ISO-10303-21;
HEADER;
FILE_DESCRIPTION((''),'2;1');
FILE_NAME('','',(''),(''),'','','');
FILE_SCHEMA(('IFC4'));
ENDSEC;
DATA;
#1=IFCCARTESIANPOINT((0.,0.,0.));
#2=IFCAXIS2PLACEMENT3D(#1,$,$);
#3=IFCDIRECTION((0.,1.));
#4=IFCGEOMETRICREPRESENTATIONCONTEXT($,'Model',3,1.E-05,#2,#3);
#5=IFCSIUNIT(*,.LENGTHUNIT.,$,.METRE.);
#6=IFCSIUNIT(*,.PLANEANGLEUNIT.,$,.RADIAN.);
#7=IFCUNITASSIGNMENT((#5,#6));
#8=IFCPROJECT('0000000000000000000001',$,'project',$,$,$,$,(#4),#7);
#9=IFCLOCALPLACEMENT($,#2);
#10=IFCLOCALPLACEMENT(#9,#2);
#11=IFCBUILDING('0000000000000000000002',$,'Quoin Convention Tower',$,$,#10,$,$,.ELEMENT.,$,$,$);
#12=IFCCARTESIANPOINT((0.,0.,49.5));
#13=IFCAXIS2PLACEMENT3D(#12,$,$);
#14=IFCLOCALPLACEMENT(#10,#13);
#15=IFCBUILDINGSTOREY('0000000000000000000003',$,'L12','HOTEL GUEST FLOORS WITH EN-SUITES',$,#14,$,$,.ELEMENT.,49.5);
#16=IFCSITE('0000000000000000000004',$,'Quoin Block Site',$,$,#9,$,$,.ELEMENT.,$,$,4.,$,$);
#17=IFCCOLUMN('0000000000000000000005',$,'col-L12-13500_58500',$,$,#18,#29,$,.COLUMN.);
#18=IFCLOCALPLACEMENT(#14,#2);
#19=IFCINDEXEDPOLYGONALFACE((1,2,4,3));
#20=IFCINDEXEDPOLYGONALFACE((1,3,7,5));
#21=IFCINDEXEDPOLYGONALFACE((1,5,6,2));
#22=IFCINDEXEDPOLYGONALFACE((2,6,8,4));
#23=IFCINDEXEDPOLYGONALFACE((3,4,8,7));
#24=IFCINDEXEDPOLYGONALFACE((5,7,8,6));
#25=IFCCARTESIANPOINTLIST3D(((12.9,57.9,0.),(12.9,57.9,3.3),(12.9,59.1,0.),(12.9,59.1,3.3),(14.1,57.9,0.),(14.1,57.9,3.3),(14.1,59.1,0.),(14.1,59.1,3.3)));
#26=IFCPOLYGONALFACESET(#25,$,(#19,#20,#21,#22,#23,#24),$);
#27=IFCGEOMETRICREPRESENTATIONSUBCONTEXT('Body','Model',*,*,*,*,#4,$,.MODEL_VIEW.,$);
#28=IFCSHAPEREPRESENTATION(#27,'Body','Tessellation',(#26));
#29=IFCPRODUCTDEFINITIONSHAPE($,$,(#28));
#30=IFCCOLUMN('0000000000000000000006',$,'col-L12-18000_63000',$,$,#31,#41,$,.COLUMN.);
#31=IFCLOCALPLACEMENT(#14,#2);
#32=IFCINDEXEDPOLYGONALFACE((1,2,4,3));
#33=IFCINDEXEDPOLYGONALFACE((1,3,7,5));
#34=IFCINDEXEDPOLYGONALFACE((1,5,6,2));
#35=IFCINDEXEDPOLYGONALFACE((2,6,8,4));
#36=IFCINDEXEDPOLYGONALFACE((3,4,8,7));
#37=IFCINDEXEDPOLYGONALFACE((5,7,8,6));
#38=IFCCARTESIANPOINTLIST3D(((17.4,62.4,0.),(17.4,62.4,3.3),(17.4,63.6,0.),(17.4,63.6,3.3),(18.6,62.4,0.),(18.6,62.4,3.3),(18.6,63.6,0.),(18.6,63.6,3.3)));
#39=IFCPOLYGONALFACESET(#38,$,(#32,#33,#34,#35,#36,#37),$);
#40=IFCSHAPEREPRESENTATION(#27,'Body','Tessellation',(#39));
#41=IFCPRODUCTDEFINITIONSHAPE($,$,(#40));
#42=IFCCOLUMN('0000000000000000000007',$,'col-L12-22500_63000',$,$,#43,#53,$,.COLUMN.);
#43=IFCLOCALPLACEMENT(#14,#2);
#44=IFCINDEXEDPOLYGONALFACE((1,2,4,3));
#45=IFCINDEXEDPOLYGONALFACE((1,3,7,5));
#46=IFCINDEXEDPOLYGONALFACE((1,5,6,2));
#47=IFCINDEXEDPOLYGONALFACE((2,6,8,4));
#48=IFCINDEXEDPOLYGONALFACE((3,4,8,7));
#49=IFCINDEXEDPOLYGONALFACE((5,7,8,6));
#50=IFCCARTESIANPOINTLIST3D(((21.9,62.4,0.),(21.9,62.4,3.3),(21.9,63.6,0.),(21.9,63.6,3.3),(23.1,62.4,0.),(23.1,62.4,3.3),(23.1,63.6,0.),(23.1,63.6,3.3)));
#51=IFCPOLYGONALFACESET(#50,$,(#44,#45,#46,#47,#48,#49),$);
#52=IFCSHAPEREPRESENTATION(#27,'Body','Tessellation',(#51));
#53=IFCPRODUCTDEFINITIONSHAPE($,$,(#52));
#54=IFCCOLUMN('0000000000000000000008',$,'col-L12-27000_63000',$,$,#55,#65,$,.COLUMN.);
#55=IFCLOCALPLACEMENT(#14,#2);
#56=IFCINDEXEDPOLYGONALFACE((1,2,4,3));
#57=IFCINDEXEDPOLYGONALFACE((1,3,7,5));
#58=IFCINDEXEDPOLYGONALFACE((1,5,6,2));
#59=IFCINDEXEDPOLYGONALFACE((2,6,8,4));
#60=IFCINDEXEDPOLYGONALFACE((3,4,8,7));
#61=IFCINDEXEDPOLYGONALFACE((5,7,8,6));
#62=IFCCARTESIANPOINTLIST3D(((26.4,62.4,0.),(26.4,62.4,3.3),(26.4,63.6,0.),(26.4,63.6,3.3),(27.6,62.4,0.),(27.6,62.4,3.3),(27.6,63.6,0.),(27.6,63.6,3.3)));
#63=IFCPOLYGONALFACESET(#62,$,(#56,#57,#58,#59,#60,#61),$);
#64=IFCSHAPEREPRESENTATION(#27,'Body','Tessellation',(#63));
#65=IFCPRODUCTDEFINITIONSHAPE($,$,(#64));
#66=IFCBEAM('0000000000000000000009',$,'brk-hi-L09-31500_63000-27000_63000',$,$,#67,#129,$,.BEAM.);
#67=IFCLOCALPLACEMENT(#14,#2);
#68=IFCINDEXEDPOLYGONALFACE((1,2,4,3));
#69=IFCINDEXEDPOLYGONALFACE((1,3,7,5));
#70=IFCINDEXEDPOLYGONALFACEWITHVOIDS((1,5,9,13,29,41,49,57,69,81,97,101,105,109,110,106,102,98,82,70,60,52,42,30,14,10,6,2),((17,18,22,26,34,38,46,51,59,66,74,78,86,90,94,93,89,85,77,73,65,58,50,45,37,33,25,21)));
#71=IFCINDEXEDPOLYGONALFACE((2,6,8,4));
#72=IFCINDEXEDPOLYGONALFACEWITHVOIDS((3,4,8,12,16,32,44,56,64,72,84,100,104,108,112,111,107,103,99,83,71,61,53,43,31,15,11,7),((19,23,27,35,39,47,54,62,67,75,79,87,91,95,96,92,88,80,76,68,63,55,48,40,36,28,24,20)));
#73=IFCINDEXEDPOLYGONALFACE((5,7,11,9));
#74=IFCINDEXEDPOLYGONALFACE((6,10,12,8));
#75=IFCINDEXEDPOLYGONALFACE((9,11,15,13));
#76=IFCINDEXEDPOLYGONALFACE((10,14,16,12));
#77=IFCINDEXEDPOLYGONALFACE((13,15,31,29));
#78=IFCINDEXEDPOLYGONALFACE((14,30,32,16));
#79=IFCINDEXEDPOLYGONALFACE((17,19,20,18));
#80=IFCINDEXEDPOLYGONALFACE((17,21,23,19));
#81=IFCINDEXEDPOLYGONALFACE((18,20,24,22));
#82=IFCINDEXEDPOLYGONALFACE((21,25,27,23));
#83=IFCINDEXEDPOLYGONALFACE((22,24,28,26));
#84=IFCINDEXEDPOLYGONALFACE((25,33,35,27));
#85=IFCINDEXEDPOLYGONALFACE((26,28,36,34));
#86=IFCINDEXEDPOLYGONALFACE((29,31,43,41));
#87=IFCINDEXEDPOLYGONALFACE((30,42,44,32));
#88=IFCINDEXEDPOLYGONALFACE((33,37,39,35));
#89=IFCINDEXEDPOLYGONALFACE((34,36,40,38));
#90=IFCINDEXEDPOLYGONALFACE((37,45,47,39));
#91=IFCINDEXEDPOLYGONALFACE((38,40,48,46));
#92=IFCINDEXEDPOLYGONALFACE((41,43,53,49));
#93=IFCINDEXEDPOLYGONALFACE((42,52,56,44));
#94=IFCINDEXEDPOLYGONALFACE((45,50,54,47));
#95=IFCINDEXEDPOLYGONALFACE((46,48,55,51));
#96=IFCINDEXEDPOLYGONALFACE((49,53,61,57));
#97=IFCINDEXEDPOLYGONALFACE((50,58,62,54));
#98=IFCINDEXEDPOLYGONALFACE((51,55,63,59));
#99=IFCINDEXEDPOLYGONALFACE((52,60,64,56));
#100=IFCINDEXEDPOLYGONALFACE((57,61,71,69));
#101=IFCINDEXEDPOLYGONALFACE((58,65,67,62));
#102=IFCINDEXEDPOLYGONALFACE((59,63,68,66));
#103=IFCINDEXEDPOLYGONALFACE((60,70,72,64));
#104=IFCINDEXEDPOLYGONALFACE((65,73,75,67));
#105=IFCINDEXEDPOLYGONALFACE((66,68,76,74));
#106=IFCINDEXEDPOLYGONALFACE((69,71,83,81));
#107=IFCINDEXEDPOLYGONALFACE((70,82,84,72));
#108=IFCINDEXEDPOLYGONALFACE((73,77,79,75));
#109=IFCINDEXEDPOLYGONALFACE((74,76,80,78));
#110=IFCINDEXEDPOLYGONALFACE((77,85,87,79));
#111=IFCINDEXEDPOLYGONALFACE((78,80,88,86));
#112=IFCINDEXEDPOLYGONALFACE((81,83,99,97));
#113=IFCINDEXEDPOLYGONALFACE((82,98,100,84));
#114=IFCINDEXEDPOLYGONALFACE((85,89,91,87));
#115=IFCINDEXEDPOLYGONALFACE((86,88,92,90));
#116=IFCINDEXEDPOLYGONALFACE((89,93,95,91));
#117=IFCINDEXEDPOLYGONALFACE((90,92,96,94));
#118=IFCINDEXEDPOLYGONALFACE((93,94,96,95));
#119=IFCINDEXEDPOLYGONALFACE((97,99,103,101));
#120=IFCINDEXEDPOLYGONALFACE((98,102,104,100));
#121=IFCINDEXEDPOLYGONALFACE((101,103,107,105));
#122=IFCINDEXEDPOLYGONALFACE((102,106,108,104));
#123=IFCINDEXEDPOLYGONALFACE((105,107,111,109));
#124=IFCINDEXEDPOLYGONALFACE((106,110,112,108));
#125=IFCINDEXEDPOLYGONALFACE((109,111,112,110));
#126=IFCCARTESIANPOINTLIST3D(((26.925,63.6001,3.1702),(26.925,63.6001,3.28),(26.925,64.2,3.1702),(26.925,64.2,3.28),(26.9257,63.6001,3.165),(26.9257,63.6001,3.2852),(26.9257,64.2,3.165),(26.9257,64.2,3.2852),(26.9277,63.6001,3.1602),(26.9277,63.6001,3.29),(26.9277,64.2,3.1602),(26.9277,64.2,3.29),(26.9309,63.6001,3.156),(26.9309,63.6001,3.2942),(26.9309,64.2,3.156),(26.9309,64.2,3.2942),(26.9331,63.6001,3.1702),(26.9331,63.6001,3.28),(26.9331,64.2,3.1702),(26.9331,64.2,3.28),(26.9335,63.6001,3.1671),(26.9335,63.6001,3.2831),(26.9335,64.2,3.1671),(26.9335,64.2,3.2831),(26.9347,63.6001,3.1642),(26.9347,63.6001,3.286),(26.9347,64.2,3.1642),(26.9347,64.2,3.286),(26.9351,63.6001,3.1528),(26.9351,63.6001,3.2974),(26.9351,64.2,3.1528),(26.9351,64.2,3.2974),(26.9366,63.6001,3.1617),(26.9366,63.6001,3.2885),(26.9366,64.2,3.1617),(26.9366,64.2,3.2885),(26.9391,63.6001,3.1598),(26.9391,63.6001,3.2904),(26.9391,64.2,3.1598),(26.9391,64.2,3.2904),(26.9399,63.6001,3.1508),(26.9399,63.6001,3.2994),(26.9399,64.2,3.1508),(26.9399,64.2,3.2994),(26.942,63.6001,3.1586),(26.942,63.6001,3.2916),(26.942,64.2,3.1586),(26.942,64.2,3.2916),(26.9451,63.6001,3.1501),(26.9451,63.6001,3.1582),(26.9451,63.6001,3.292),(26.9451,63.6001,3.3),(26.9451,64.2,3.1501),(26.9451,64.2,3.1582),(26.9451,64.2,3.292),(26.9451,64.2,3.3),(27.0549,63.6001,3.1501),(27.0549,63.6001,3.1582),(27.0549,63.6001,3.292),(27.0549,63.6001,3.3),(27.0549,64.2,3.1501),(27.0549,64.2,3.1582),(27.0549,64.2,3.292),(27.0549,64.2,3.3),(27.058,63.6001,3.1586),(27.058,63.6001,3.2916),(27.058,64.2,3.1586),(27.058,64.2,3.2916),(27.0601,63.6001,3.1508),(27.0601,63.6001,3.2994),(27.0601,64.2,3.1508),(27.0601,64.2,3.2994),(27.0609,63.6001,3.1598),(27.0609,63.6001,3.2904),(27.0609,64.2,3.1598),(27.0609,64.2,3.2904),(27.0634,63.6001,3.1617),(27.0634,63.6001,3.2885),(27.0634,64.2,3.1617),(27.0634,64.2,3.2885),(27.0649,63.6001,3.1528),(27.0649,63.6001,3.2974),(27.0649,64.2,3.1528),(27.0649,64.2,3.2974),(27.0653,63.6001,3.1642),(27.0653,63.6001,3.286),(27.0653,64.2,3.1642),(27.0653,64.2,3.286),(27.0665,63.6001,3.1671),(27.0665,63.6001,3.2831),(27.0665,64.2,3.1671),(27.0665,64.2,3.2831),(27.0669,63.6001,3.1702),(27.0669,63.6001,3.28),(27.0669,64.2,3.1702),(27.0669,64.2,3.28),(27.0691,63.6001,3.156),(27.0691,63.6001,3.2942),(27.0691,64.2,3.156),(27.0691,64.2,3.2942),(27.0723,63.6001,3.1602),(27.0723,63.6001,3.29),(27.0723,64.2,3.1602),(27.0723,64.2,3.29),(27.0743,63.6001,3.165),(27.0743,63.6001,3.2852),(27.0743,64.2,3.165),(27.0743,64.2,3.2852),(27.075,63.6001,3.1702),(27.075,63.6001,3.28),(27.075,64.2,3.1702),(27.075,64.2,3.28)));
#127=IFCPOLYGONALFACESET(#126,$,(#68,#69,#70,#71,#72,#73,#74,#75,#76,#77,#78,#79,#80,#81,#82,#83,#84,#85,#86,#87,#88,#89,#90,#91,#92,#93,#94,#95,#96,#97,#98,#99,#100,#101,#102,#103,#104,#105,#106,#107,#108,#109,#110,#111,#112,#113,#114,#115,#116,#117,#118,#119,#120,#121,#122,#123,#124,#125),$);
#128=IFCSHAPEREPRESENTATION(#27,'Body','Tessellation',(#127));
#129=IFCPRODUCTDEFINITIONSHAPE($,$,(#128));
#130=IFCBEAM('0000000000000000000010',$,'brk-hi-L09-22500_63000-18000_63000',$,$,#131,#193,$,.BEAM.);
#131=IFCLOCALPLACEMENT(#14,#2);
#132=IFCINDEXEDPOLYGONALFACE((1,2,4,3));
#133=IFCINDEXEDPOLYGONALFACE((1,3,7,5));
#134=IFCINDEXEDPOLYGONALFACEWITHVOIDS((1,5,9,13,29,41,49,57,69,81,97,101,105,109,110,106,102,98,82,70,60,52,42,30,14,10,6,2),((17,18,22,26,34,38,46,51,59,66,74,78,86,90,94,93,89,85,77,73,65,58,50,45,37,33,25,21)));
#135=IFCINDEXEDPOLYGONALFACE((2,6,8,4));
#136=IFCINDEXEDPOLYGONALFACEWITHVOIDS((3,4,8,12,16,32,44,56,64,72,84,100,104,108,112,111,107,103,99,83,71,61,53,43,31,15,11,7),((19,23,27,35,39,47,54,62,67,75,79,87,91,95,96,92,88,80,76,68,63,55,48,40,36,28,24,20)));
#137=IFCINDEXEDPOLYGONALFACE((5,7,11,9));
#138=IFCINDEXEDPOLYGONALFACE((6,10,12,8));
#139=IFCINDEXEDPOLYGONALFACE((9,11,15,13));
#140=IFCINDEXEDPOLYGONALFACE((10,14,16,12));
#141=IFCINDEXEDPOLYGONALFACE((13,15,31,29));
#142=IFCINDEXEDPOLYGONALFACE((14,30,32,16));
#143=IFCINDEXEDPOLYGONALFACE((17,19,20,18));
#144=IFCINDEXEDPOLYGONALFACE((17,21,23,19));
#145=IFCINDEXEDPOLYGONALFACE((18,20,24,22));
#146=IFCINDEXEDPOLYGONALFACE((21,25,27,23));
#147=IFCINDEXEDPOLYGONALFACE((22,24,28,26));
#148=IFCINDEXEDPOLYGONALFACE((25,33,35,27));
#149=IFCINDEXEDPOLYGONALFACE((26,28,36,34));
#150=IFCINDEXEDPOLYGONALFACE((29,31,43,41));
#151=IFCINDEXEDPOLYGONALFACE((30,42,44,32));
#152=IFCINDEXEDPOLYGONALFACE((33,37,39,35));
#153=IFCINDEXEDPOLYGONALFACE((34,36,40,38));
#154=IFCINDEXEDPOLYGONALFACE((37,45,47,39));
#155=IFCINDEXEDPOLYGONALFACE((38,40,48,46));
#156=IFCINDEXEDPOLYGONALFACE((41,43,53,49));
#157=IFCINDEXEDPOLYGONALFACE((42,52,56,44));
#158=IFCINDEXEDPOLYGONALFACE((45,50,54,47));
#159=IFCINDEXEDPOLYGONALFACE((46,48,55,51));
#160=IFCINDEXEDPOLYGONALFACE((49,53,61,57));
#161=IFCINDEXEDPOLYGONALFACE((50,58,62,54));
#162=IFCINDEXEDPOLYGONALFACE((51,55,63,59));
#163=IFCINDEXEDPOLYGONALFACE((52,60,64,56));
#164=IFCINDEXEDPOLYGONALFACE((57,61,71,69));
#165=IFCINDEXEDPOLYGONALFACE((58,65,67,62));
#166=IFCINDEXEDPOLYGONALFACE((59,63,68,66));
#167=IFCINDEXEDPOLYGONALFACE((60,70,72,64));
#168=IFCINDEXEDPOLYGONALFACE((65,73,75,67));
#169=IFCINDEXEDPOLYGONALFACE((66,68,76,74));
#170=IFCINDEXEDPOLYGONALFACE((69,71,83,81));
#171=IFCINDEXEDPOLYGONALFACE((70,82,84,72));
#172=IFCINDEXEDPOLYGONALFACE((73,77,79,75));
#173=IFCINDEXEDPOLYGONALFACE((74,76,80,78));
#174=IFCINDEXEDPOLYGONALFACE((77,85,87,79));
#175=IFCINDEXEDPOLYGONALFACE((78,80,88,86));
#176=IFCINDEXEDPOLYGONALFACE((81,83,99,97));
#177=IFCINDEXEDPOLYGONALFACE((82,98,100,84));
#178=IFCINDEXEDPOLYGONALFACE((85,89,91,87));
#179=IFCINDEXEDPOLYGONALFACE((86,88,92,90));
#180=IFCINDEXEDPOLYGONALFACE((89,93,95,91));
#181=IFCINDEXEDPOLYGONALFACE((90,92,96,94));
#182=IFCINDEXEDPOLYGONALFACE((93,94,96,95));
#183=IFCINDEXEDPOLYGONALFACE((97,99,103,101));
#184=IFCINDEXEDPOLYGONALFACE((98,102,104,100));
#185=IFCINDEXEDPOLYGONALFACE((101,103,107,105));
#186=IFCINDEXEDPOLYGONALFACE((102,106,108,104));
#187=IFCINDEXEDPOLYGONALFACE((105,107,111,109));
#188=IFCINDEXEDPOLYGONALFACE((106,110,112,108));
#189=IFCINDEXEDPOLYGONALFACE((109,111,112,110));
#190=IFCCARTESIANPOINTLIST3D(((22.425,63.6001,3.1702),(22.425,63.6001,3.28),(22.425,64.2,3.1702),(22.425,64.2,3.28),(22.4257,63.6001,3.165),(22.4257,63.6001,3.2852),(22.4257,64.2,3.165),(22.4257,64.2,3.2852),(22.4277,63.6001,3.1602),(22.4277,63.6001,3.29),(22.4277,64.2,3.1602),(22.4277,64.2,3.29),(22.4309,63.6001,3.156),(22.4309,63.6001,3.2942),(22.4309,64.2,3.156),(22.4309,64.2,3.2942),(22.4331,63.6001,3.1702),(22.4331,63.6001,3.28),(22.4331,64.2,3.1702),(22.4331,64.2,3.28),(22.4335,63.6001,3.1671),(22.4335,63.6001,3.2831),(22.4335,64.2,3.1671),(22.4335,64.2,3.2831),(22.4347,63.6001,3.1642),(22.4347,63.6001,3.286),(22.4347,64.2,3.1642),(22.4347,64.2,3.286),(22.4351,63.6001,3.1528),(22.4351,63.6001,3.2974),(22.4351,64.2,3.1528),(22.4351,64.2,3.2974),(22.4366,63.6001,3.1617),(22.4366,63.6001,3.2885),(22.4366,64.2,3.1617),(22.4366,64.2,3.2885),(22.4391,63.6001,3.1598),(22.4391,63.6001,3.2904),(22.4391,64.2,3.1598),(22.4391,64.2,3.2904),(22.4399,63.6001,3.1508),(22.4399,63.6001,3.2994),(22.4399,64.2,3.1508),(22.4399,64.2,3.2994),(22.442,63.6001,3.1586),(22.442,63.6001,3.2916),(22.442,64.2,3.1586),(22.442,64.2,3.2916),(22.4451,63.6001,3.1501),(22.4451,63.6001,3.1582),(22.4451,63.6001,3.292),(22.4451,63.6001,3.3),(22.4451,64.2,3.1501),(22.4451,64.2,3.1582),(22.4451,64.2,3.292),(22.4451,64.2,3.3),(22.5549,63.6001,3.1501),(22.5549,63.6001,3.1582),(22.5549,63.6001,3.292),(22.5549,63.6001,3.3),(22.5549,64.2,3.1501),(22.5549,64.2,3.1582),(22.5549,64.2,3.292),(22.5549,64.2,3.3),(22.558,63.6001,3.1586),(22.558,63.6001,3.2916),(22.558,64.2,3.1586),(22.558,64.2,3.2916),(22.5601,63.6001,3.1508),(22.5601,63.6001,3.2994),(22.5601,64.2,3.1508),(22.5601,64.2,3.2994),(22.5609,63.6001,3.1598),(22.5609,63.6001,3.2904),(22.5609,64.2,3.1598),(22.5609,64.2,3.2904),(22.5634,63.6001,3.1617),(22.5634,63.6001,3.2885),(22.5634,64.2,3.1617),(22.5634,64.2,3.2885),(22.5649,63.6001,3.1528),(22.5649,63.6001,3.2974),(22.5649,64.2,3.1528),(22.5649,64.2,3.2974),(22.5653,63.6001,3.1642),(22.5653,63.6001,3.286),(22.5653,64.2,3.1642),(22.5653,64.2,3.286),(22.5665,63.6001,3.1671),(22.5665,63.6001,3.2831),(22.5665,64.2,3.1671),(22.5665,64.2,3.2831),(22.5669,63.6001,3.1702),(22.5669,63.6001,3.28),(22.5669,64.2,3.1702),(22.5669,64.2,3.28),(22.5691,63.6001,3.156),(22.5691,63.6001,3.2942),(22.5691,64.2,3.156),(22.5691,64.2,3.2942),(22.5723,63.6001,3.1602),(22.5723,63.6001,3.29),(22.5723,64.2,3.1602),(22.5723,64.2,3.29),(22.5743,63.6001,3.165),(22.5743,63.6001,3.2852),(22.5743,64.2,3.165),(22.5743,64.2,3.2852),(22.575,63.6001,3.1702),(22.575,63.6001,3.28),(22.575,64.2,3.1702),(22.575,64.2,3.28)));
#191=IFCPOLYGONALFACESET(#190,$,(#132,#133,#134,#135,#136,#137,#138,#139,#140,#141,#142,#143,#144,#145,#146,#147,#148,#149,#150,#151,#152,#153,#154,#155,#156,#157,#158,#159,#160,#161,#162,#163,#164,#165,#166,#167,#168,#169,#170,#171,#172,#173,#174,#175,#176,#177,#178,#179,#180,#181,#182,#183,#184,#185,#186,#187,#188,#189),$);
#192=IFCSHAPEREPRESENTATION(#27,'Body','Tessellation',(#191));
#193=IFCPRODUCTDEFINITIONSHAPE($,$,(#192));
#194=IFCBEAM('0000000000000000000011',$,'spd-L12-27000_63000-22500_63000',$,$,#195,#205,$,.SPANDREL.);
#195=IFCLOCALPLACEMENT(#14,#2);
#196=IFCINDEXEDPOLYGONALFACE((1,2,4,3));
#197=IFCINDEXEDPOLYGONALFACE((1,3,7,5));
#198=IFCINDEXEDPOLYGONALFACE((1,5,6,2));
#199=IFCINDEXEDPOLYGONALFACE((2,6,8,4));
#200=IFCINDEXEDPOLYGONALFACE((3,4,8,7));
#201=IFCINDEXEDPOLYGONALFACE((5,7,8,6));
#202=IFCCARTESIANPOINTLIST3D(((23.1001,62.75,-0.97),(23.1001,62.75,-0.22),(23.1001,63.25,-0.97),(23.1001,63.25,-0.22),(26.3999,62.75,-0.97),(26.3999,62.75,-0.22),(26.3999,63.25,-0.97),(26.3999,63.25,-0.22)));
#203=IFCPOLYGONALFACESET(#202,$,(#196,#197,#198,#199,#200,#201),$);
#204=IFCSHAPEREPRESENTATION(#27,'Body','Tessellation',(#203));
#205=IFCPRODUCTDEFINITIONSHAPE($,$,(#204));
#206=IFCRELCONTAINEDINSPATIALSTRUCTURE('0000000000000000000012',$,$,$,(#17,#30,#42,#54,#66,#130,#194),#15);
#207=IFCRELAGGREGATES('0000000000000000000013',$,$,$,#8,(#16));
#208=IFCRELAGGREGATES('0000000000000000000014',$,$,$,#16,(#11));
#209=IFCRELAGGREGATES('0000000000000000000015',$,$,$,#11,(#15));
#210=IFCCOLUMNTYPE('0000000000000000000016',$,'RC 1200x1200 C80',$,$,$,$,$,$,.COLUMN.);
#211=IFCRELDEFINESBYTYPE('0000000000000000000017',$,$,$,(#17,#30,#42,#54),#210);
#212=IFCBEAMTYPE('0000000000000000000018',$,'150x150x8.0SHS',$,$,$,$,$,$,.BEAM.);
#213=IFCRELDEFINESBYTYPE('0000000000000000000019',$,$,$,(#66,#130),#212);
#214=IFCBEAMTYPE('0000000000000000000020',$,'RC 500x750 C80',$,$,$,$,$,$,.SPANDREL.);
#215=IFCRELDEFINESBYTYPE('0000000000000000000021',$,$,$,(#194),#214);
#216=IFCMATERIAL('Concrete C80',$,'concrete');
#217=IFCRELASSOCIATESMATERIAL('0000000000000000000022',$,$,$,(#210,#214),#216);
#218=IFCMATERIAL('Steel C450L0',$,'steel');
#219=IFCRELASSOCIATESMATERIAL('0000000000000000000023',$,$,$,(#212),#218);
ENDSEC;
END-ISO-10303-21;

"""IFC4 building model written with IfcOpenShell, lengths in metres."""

from ifc_helpers import new_model, si_unit, direction, frame, origin, origin_2d, place, context, subcontext, project, spatial, rectangle, hollow_rectangle, extrude, material, material_profile, profile_set, type_object, element, save


model = new_model("IFC4")

# Units and contexts
model_context = context("Model", 3, precision=1e-05, world=origin(), true_north=direction((0.0, 1.0)))
body_context = subcontext(model_context, "Body", "Model", "MODEL_VIEW")
ifc_project = project(units=[si_unit("LENGTHUNIT", "METRE"), si_unit("PLANEANGLEUNIT", "RADIAN")], contexts=[model_context])

# Site, building, storey
site_placement = place(None, origin())
site = spatial("IfcSite", under=ifc_project, at=site_placement, Name="Quoin Block Site", CompositionType="ELEMENT", RefElevation=4.0)
building_placement = place(site_placement, origin())
building = spatial("IfcBuilding", under=site, at=building_placement, Name="Quoin Convention Tower", CompositionType="ELEMENT")
storey_placement = place(building_placement, frame((0.0, 0.0, 49.5)))
storey = spatial("IfcBuildingStorey", under=building, at=storey_placement, Name="L12", Description="HOTEL GUEST FLOORS WITH EN-SUITES", CompositionType="ELEMENT", Elevation=49.5)

# Columns
ifc_material_1 = material(Name="Concrete C80", Category="concrete")
ifc_material_profile_1 = material_profile(ifc_material_1, rectangle(XDim=1.2, YDim=1.2, at=origin_2d()), Name="RC 1200x1200")
ifc_profile_set_1 = profile_set([ifc_material_profile_1], Name="Concrete C80")
column_type = type_object("IfcColumnType", Name="RC 1200x1200 C80", PredefinedType="COLUMN", material=ifc_profile_set_1)
for number, where, z_axis, x_axis, name in (
    (1, (13.5, 58.5, 0.0), (0.0, 0.0, 1.0), (1.0, 0.0, 0.0), "col-L12-13500_58500"),
    (2, (18.0, 63.0, 0.0), (0.0, 0.0, 1.0), (1.0, 0.0, 0.0), "col-L12-18000_63000"),
    (3, (22.5, 63.0, 0.0), (0.0, 0.0, 1.0), (1.0, 0.0, 0.0), "col-L12-22500_63000"),
    (4, (27.0, 63.0, 0.0), (0.0, 0.0, 1.0), (1.0, 0.0, 0.0), "col-L12-27000_63000"),
):
    element("IfcColumn", number, at=place(storey_placement, frame(where, z_axis=z_axis, x_axis=x_axis)), inside=storey, type_object=column_type, Name=name, PredefinedType="COLUMN", context=body_context, shape_type="SweptSolid", body=[
        extrude(rectangle(XDim=1.2, YDim=1.2, at=origin_2d()), origin(), (0.0, 0.0, 1.0), 3.3),
    ])

# Beams
ifc_material_2 = material(Name="Steel C450L0", Category="steel")
ifc_material_profile_2 = material_profile(ifc_material_2, hollow_rectangle(XDim=0.1499, YDim=0.1499, WallThickness=0.0081, InnerFilletRadius=0.012, OuterFilletRadius=0.02, at=origin_2d()), Name="150x150x8.0SHS")
ifc_profile_set_2 = profile_set([ifc_material_profile_2], Name="Steel C450L0")
beam_type_1 = type_object("IfcBeamType", Name="150x150x8.0SHS", PredefinedType="BEAM", material=ifc_profile_set_2)
for number, where, z_axis, x_axis, name in (
    (5, (27.0, 63.6001, 3.2251), (0.0, 1.0, 0.0), (-1.0, 0.0, 0.0), "brk-hi-L09-31500_63000-27000_63000"),
    (6, (22.5, 63.6001, 3.2251), (0.0, 1.0, 0.0), (-1.0, 0.0, 0.0), "brk-hi-L09-22500_63000-18000_63000"),
):
    element("IfcBeam", number, at=place(storey_placement, frame(where, z_axis=z_axis, x_axis=x_axis)), inside=storey, type_object=beam_type_1, Name=name, PredefinedType="BEAM", context=body_context, shape_type="SweptSolid", body=[
        extrude(hollow_rectangle(XDim=0.1499, YDim=0.1499, WallThickness=0.0081, InnerFilletRadius=0.012, OuterFilletRadius=0.02, at=origin_2d()), origin(), (0.0, 0.0, 1.0), 0.5999),
    ])
ifc_material_profile_3 = material_profile(ifc_material_1, rectangle(XDim=0.5, YDim=0.75, at=origin_2d()), Name="RC 500x750")
ifc_profile_set_3 = profile_set([ifc_material_profile_3], Name="Concrete C80")
beam_type_2 = type_object("IfcBeamType", Name="RC 500x750 C80", PredefinedType="SPANDREL", material=ifc_profile_set_3)
for number, where, z_axis, x_axis, name in (
    (7, (26.3999, 63.0, -0.595), (-1.0, 0.0, 0.0), (0.0, -1.0, 0.0), "spd-L12-27000_63000-22500_63000"),
):
    element("IfcBeam", number, at=place(storey_placement, frame(where, z_axis=z_axis, x_axis=x_axis)), inside=storey, type_object=beam_type_2, Name=name, PredefinedType="SPANDREL", context=body_context, shape_type="SweptSolid", body=[
        extrude(rectangle(XDim=0.5, YDim=0.75, at=origin_2d()), origin(), (0.0, 0.0, 1.0), 3.2998),
    ])

save(model, "model.ifc")
